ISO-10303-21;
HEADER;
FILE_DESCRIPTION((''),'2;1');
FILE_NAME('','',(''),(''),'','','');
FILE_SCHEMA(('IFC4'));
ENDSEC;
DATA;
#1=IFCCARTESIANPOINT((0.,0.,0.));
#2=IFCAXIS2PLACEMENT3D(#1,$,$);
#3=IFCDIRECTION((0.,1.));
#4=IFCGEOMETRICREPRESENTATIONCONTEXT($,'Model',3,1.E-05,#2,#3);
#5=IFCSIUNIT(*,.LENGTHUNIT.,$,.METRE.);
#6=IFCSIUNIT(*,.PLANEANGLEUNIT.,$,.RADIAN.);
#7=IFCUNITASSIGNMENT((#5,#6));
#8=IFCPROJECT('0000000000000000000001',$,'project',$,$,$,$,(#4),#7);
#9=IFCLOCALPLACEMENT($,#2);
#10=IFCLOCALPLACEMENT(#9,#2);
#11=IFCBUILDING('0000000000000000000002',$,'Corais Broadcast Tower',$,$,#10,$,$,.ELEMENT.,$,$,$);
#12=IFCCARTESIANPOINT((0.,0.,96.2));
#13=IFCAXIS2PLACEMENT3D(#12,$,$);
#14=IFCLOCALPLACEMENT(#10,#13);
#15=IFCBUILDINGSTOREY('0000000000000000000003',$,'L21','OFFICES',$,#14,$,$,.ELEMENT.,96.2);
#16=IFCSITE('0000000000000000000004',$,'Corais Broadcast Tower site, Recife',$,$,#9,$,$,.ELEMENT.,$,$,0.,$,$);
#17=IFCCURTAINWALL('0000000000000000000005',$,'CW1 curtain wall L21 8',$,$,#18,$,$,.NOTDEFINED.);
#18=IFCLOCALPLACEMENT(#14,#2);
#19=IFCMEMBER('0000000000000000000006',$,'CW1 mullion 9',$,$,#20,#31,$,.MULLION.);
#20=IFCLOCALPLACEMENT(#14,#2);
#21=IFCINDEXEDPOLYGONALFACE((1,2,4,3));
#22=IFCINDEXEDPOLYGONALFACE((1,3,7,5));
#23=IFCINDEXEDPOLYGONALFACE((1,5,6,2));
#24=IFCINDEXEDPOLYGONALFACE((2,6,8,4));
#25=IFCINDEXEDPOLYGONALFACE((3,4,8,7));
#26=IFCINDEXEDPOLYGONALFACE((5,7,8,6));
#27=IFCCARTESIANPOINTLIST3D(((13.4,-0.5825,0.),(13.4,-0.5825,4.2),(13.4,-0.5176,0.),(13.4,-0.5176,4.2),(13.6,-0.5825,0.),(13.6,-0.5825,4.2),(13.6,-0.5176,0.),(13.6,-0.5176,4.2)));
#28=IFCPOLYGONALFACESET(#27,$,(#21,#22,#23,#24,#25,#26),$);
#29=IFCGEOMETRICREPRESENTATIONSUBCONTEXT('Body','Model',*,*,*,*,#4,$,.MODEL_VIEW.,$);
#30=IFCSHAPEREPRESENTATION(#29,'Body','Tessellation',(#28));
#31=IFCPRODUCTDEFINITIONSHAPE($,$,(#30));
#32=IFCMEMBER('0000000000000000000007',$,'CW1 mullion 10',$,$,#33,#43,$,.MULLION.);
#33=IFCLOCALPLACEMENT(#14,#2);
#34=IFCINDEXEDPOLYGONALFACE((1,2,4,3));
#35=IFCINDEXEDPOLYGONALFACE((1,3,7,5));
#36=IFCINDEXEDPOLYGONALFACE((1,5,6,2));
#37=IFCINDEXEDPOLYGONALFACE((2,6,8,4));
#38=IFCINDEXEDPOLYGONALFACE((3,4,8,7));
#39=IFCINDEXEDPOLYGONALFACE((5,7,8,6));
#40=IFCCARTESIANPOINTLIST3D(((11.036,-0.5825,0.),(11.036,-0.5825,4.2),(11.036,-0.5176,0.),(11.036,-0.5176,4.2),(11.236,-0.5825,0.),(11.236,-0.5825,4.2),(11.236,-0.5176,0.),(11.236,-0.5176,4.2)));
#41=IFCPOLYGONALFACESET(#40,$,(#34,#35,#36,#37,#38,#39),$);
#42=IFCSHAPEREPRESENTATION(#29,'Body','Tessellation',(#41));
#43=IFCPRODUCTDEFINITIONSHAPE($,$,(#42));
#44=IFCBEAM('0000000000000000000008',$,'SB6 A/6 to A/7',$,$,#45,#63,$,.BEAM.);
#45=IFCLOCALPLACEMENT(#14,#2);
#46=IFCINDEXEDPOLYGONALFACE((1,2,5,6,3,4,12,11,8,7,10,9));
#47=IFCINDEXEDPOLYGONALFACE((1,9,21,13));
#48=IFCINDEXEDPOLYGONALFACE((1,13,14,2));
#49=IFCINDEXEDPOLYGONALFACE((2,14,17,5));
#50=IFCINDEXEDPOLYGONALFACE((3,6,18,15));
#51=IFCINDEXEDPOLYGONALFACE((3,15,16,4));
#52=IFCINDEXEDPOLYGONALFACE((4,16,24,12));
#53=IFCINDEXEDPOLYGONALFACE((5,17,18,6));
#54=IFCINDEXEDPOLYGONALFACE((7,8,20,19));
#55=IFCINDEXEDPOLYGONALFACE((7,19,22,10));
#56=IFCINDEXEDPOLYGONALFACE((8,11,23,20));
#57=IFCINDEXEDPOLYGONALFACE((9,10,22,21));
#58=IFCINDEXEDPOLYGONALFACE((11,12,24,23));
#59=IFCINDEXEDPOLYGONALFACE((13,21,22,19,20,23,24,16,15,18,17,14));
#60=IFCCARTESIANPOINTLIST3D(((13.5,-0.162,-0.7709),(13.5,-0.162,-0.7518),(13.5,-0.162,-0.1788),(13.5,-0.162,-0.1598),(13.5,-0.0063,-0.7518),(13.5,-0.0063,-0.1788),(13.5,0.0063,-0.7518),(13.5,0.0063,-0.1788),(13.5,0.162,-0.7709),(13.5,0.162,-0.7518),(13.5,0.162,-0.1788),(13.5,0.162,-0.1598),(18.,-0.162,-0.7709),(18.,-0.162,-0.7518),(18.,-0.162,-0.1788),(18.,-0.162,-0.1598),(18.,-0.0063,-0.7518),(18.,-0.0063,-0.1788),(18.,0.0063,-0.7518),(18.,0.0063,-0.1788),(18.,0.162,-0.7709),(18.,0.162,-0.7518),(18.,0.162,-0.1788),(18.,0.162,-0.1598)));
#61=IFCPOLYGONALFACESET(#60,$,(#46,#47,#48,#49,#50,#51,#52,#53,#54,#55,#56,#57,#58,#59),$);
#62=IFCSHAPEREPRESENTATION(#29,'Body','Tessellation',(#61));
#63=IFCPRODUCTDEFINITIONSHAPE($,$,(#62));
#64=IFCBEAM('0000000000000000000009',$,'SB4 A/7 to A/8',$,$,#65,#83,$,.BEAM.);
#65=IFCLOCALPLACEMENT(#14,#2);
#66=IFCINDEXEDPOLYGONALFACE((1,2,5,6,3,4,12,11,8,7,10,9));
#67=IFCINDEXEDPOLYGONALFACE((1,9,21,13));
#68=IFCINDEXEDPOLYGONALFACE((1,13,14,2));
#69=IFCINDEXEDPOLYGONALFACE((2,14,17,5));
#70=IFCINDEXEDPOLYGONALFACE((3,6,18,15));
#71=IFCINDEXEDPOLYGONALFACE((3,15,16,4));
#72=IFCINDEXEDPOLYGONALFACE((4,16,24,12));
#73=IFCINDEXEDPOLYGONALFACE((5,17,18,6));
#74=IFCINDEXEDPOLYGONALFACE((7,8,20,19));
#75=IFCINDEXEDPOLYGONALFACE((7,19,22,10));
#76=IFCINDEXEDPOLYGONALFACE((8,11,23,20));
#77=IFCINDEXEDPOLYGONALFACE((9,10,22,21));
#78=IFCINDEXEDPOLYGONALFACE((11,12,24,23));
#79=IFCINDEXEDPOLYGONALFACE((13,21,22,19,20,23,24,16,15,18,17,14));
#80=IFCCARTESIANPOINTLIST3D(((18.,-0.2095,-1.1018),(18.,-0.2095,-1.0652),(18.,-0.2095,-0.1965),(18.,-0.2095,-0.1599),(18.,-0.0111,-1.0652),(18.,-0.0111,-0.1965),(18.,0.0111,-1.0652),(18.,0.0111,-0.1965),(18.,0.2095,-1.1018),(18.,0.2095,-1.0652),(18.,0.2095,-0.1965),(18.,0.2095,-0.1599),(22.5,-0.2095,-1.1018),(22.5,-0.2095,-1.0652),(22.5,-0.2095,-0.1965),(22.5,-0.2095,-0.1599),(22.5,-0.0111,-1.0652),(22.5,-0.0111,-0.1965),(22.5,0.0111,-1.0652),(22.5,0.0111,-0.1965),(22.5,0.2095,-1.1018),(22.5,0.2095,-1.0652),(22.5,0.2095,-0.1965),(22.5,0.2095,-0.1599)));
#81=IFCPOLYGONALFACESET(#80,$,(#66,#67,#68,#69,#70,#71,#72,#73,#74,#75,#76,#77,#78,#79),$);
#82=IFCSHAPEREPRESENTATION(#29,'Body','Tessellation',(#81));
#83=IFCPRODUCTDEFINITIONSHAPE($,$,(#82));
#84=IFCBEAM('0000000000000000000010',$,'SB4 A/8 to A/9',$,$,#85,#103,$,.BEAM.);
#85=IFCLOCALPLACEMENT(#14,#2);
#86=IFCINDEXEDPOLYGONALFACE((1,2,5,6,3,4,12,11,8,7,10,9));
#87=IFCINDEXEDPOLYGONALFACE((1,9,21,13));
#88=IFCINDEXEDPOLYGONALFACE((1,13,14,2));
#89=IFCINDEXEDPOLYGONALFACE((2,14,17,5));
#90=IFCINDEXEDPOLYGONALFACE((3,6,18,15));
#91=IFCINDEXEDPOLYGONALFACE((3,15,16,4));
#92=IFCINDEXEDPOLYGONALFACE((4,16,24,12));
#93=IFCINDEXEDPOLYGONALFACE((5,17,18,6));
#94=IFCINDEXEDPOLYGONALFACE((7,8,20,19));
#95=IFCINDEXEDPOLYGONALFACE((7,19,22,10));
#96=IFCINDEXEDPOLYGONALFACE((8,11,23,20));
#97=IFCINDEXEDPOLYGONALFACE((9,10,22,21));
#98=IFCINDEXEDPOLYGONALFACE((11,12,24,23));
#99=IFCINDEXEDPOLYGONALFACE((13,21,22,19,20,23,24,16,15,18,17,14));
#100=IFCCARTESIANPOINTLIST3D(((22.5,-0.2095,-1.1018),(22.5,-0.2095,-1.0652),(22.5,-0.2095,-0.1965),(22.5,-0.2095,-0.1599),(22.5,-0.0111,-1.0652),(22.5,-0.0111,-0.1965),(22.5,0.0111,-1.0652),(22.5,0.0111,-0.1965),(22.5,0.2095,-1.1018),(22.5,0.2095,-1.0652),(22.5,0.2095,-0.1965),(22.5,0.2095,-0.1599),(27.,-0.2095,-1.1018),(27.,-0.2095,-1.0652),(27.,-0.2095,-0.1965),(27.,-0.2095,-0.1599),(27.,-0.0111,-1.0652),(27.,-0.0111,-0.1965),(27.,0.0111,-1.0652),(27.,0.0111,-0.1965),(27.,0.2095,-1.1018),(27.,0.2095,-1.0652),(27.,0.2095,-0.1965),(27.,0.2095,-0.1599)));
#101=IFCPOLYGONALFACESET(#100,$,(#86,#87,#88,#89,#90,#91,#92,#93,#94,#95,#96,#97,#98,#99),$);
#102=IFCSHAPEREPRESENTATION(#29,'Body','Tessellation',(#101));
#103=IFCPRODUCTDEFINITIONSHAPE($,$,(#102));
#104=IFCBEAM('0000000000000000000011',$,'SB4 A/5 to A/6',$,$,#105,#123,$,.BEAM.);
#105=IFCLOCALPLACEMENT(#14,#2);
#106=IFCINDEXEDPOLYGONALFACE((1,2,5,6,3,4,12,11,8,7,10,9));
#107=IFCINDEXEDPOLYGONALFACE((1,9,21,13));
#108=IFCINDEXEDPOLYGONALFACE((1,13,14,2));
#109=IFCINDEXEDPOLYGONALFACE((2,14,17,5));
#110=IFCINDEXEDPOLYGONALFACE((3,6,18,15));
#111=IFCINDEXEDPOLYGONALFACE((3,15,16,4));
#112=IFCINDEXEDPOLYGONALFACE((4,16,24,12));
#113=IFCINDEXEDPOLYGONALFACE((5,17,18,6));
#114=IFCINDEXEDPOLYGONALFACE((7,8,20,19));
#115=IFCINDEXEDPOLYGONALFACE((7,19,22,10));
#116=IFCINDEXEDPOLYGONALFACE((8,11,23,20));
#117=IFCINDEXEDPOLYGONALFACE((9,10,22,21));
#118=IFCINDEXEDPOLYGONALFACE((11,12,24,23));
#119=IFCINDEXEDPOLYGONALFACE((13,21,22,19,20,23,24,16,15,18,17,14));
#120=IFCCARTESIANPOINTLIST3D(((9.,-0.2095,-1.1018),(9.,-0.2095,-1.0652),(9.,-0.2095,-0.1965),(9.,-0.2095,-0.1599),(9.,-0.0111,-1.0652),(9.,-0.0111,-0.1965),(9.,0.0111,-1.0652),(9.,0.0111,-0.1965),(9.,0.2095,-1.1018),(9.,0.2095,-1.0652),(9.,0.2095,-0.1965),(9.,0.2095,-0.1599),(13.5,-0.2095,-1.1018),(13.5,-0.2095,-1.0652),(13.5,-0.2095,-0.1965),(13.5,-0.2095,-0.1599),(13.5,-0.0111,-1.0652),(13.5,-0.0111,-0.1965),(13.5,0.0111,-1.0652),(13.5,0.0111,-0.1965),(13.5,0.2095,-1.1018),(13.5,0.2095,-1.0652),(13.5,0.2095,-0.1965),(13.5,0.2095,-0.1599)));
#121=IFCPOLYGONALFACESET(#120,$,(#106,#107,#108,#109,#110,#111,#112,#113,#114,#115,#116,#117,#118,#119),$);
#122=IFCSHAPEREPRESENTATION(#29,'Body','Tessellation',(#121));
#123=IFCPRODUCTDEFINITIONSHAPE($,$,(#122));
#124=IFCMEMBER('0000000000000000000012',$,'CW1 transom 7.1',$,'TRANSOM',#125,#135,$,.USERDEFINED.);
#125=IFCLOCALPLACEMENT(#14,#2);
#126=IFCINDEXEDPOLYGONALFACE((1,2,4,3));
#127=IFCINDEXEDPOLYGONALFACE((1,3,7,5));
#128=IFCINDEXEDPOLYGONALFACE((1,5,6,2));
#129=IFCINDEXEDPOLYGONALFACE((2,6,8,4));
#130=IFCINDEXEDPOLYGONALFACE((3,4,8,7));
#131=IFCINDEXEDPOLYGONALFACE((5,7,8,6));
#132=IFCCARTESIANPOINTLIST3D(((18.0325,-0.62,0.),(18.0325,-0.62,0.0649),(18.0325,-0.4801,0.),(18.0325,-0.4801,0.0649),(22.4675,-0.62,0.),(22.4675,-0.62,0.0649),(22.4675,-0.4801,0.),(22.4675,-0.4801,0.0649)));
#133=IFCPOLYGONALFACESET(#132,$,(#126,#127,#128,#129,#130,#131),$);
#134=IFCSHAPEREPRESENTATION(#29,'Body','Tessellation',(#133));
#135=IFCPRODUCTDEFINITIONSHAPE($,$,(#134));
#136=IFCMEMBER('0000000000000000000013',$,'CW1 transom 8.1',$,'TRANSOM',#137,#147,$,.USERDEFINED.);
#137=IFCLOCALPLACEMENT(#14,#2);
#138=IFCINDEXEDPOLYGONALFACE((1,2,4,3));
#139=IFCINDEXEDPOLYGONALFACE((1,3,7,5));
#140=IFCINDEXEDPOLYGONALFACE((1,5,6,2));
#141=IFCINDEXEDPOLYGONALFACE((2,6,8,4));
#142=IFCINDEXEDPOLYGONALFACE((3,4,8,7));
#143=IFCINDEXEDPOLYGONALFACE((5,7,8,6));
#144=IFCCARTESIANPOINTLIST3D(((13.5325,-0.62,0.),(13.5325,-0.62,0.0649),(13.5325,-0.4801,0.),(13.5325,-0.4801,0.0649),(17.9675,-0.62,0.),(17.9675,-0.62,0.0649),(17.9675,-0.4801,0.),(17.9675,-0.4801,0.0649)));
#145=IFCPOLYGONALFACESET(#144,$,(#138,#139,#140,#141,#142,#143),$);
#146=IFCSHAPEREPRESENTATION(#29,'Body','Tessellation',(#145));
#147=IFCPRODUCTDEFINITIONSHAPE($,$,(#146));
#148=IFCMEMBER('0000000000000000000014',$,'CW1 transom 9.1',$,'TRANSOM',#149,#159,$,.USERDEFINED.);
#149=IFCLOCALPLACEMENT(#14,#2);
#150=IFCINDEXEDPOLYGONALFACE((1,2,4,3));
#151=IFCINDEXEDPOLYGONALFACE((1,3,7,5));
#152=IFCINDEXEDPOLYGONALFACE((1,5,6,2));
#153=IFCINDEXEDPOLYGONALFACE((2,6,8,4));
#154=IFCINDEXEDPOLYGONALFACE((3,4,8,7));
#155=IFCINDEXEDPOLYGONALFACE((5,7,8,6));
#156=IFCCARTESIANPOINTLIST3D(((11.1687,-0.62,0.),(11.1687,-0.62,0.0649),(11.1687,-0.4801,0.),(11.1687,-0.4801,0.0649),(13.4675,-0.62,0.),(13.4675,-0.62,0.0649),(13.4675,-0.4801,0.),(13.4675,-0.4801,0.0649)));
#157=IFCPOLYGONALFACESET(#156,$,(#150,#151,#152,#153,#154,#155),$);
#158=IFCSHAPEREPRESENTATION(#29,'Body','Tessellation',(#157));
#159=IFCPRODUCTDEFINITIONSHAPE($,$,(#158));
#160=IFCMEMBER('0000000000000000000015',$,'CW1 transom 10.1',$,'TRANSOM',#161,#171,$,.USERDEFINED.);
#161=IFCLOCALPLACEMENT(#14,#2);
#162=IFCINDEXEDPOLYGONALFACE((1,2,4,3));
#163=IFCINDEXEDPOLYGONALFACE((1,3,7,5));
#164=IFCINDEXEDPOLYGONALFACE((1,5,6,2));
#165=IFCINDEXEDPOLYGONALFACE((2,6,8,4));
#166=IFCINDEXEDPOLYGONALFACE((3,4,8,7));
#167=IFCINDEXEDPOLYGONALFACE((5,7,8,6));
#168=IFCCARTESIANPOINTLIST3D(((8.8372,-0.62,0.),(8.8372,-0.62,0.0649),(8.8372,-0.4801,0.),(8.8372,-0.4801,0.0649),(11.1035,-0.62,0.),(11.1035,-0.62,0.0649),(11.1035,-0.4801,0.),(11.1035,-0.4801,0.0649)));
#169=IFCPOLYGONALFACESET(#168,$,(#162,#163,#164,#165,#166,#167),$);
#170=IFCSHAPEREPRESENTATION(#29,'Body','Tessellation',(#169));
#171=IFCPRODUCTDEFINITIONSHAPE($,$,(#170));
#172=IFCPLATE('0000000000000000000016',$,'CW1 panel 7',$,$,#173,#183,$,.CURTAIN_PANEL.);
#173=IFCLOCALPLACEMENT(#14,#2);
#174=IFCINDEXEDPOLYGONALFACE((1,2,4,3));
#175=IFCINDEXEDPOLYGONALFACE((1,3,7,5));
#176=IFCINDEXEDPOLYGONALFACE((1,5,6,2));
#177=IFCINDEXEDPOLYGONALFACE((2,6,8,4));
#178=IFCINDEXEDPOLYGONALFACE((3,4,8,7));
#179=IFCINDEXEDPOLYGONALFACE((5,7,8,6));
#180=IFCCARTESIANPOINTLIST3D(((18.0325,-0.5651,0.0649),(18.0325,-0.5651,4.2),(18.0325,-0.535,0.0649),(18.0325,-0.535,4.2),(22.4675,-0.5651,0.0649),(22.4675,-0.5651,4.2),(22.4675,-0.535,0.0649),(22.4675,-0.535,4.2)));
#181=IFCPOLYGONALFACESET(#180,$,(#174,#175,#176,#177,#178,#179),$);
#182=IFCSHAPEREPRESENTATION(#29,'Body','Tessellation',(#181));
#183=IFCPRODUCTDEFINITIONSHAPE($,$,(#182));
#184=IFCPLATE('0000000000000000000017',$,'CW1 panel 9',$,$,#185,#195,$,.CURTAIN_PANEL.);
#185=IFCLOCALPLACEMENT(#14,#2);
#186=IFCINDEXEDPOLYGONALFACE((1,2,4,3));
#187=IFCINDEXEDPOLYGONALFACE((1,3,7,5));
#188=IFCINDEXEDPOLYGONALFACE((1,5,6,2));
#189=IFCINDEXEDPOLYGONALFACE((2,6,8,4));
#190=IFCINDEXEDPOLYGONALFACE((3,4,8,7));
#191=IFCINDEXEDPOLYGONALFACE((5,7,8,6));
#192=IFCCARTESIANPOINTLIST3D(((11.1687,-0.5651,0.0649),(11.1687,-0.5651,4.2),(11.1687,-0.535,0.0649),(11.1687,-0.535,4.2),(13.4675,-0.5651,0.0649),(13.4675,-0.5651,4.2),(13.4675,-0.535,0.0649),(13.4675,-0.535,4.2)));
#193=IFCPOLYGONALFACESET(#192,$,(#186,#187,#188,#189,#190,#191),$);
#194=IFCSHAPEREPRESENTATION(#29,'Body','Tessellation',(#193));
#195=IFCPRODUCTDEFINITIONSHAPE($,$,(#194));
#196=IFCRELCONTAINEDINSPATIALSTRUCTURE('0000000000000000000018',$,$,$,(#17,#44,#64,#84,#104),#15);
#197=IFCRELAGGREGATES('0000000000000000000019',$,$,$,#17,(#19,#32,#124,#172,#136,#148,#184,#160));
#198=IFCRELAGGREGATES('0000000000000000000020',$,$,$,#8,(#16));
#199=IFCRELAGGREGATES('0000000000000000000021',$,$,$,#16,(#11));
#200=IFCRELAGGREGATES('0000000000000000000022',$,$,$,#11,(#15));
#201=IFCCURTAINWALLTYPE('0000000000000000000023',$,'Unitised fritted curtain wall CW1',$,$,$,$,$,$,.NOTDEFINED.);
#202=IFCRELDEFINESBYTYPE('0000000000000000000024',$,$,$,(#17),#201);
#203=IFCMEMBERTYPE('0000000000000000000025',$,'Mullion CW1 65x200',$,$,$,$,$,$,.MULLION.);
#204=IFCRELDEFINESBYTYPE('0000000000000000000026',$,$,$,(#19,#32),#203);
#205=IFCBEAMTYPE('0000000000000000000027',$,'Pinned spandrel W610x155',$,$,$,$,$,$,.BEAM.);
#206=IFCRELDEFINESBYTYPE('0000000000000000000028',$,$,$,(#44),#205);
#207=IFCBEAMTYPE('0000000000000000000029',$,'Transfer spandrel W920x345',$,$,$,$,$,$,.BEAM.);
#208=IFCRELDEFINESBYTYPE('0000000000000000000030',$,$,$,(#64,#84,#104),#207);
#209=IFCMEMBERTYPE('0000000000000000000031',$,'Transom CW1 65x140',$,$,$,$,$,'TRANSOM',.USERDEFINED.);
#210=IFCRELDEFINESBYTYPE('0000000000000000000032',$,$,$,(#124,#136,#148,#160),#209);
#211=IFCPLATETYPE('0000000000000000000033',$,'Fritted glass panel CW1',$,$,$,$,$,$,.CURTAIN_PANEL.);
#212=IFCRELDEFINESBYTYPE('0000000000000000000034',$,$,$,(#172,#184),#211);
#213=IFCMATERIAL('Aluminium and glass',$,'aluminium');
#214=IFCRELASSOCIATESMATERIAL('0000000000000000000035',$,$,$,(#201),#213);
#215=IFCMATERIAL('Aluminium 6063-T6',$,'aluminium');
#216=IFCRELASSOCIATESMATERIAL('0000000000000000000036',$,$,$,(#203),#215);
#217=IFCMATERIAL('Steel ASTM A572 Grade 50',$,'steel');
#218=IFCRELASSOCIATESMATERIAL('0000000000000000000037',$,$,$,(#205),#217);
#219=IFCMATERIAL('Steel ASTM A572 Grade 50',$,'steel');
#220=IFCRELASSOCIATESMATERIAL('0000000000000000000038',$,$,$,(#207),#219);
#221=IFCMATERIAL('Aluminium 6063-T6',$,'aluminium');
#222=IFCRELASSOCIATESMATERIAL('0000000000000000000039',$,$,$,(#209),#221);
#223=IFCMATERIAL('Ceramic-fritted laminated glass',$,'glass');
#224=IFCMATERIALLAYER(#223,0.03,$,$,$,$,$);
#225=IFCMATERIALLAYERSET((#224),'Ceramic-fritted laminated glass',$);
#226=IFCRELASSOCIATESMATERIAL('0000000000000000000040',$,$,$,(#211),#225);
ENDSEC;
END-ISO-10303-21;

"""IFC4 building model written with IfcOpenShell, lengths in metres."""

from ifc_helpers import new_model, si_unit, direction, frame, origin, origin_2d, place, context, subcontext, project, spatial, rectangle, i_section, extrude, material, layer, layer_set, material_profile, profile_set, type_object, element, aggregate, save


model = new_model("IFC4")

# Units and contexts
model_context = context("Model", 3, precision=1e-05, world=origin(), true_north=direction((0.0, 1.0)))
body_context = subcontext(model_context, "Body", "Model", "MODEL_VIEW")
ifc_project = project(units=[si_unit("LENGTHUNIT", "METRE"), si_unit("PLANEANGLEUNIT", "RADIAN")], contexts=[model_context])

# Site, building, storey
site_placement = place(None, origin())
site = spatial("IfcSite", under=ifc_project, at=site_placement, Name="Corais Broadcast Tower site, Recife", CompositionType="ELEMENT", RefElevation=0.0)
building_placement = place(site_placement, origin())
building = spatial("IfcBuilding", under=site, at=building_placement, Name="Corais Broadcast Tower", CompositionType="ELEMENT")
storey_placement = place(building_placement, frame((0.0, 0.0, 96.2)))
storey = spatial("IfcBuildingStorey", under=building, at=storey_placement, Name="L21", Description="OFFICES", CompositionType="ELEMENT", Elevation=96.2)

# Curtain wall, members
ifc_material_1 = material(Name="Aluminium and glass", Category="aluminium")
curtain_wall_type = type_object("IfcCurtainWallType", Name="Unitised fritted curtain wall CW1", PredefinedType="NOTDEFINED", material=ifc_material_1)
curtain_wall_placement = place(storey_placement, origin())
curtain_wall = element("IfcCurtainWall", 1, at=curtain_wall_placement, inside=storey, type_object=curtain_wall_type, Name="CW1 curtain wall L21 8", PredefinedType="NOTDEFINED")
ifc_material_2 = material(Name="Aluminium 6063-T6", Category="aluminium")
ifc_material_profile_1 = material_profile(ifc_material_2, rectangle(XDim=0.0649, YDim=0.2, at=origin_2d()), Name="Mullion CW1 65x200")
ifc_profile_set_1 = profile_set([ifc_material_profile_1], Name="Aluminium 6063-T6")
member_type_1 = type_object("IfcMemberType", Name="Mullion CW1 65x200", PredefinedType="MULLION", material=ifc_profile_set_1)
member_1_placement = place(storey_placement, frame((13.5, -0.55, 0.0), z_axis=(0.0, 0.0, 1.0), x_axis=(0.0, -1.0, 0.0)))
member_1 = element("IfcMember", 2, at=member_1_placement, type_object=member_type_1, Name="CW1 mullion 9", PredefinedType="MULLION", context=body_context, shape_type="SweptSolid", body=[
    extrude(rectangle(XDim=0.0649, YDim=0.2, at=origin_2d()), origin(), (0.0, 0.0, 1.0), 4.2),
])
member_2_placement = place(storey_placement, frame((11.136, -0.55, 0.0), z_axis=(0.0, 0.0, 1.0), x_axis=(0.0, -1.0, 0.0)))
member_2 = element("IfcMember", 3, at=member_2_placement, type_object=member_type_1, Name="CW1 mullion 10", PredefinedType="MULLION", context=body_context, shape_type="SweptSolid", body=[
    extrude(rectangle(XDim=0.0649, YDim=0.2, at=origin_2d()), origin(), (0.0, 0.0, 1.0), 4.2),
])

# Beams
ifc_material_3 = material(Name="Steel ASTM A572 Grade 50", Category="steel")
ifc_material_profile_2 = material_profile(ifc_material_3, i_section(OverallWidth=0.324, OverallDepth=0.6111, WebThickness=0.0127, FlangeThickness=0.019, at=origin_2d()), Name="W610x155")
ifc_profile_set_2 = profile_set([ifc_material_profile_2], Name="Steel ASTM A572 Grade 50")
beam_type_1 = type_object("IfcBeamType", Name="Pinned spandrel W610x155", PredefinedType="BEAM", material=ifc_profile_set_2)
beam_1_placement = place(storey_placement, frame((13.5, 0.0, -0.4653), z_axis=(1.0, 0.0, 0.0), x_axis=(0.0, 1.0, 0.0)))
element("IfcBeam", 4, at=beam_1_placement, inside=storey, type_object=beam_type_1, Name="SB6 A/6 to A/7", PredefinedType="BEAM", context=body_context, shape_type="SweptSolid", body=[
    extrude(i_section(OverallWidth=0.324, OverallDepth=0.6111, WebThickness=0.0127, FlangeThickness=0.019, at=origin_2d()), origin(), (0.0, 0.0, 1.0), 4.5),
])
ifc_material_4 = material(Name="Steel ASTM A572 Grade 50", Category="steel")
ifc_material_profile_3 = material_profile(ifc_material_4, i_section(OverallWidth=0.4189, OverallDepth=0.9419, WebThickness=0.0222, FlangeThickness=0.0366, at=origin_2d()), Name="W920x345")
ifc_profile_set_3 = profile_set([ifc_material_profile_3], Name="Steel ASTM A572 Grade 50")
beam_type_2 = type_object("IfcBeamType", Name="Transfer spandrel W920x345", PredefinedType="BEAM", material=ifc_profile_set_3)
for number, where, z_axis, x_axis, name in (
    (5, (18.0, 0.0, -0.6309), (1.0, 0.0, 0.0), (0.0, 1.0, 0.0), "SB4 A/7 to A/8"),
    (6, (22.5, 0.0, -0.6309), (1.0, 0.0, 0.0), (0.0, 1.0, 0.0), "SB4 A/8 to A/9"),
    (7, (9.0, 0.0, -0.6309), (1.0, 0.0, 0.0), (0.0, 1.0, 0.0), "SB4 A/5 to A/6"),
):
    element("IfcBeam", number, at=place(storey_placement, frame(where, z_axis=z_axis, x_axis=x_axis)), inside=storey, type_object=beam_type_2, Name=name, PredefinedType="BEAM", context=body_context, shape_type="SweptSolid", body=[
        extrude(i_section(OverallWidth=0.4189, OverallDepth=0.9419, WebThickness=0.0222, FlangeThickness=0.0366, at=origin_2d()), origin(), (0.0, 0.0, 1.0), 4.5),
    ])

# Members
ifc_material_5 = material(Name="Aluminium 6063-T6", Category="aluminium")
ifc_material_profile_4 = material_profile(ifc_material_5, rectangle(XDim=0.1399, YDim=0.0649, at=origin_2d()), Name="Transom CW1 65x140")
ifc_profile_set_4 = profile_set([ifc_material_profile_4], Name="Aluminium 6063-T6")
member_type_2 = type_object("IfcMemberType", Name="Transom CW1 65x140", ElementType="TRANSOM", PredefinedType="USERDEFINED", material=ifc_profile_set_4)
member_3_placement = place(storey_placement, frame((22.4675, -0.55, 0.0325), z_axis=(-1.0, 0.0, 0.0), x_axis=(0.0, -1.0, 0.0)))
member_3 = element("IfcMember", 8, at=member_3_placement, type_object=member_type_2, Name="CW1 transom 7.1", ObjectType="TRANSOM", PredefinedType="USERDEFINED", context=body_context, shape_type="SweptSolid", body=[
    extrude(rectangle(XDim=0.1399, YDim=0.0649, at=origin_2d()), origin(), (0.0, 0.0, 1.0), 4.4351),
])
member_4_placement = place(storey_placement, frame((17.9675, -0.55, 0.0325), z_axis=(-1.0, 0.0, 0.0), x_axis=(0.0, -1.0, 0.0)))
member_4 = element("IfcMember", 9, at=member_4_placement, type_object=member_type_2, Name="CW1 transom 8.1", ObjectType="TRANSOM", PredefinedType="USERDEFINED", context=body_context, shape_type="SweptSolid", body=[
    extrude(rectangle(XDim=0.1399, YDim=0.0649, at=origin_2d()), origin(), (0.0, 0.0, 1.0), 4.4351),
])
member_5_placement = place(storey_placement, frame((13.4675, -0.55, 0.0325), z_axis=(-1.0, 0.0, 0.0), x_axis=(0.0, -1.0, 0.0)))
member_5 = element("IfcMember", 10, at=member_5_placement, type_object=member_type_2, Name="CW1 transom 9.1", ObjectType="TRANSOM", PredefinedType="USERDEFINED", context=body_context, shape_type="SweptSolid", body=[
    extrude(rectangle(XDim=0.1399, YDim=0.0649, at=origin_2d()), origin(), (0.0, 0.0, 1.0), 2.2988),
])
member_6_placement = place(storey_placement, frame((11.1035, -0.55, 0.0325), z_axis=(-1.0, 0.0, 0.0), x_axis=(0.0, -1.0, 0.0)))
member_6 = element("IfcMember", 11, at=member_6_placement, type_object=member_type_2, Name="CW1 transom 10.1", ObjectType="TRANSOM", PredefinedType="USERDEFINED", context=body_context, shape_type="SweptSolid", body=[
    extrude(rectangle(XDim=0.1399, YDim=0.0649, at=origin_2d()), origin(), (0.0, 0.0, 1.0), 2.2664),
])

# Plates
ifc_material_6 = material(Name="Ceramic-fritted laminated glass", Category="glass")
ifc_layer_1 = layer(ifc_material_6, 0.03)
ifc_layer_set_1 = layer_set([ifc_layer_1], Name="Ceramic-fritted laminated glass")
plate_type_1 = type_object("IfcPlateType", Name="Fritted glass panel CW1", PredefinedType="CURTAIN_PANEL", material=ifc_layer_set_1)
plate_1_placement = place(storey_placement, frame((20.25, -0.55, 0.0649), z_axis=(0.0, 0.0, 1.0), x_axis=(-1.0, 0.0, 0.0)))
plate_1 = element("IfcPlate", 12, at=plate_1_placement, type_object=plate_type_1, Name="CW1 panel 7", PredefinedType="CURTAIN_PANEL", context=body_context, shape_type="SweptSolid", body=[
    extrude(rectangle(XDim=4.4351, YDim=0.03, at=origin_2d()), origin(), (0.0, 0.0, 1.0), 4.135),
])
plate_2_placement = place(storey_placement, frame((12.3181, -0.55, 0.0649), z_axis=(0.0, 0.0, 1.0), x_axis=(-1.0, 0.0, 0.0)))
plate_2 = element("IfcPlate", 13, at=plate_2_placement, type_object=plate_type_1, Name="CW1 panel 9", PredefinedType="CURTAIN_PANEL", context=body_context, shape_type="SweptSolid", body=[
    extrude(rectangle(XDim=2.2988, YDim=0.03, at=origin_2d()), origin(), (0.0, 0.0, 1.0), 4.135),
])
aggregate(curtain_wall, [member_1, member_2, member_3, plate_1, member_4, member_5, plate_2, member_6])

save(model, "model.ifc")
